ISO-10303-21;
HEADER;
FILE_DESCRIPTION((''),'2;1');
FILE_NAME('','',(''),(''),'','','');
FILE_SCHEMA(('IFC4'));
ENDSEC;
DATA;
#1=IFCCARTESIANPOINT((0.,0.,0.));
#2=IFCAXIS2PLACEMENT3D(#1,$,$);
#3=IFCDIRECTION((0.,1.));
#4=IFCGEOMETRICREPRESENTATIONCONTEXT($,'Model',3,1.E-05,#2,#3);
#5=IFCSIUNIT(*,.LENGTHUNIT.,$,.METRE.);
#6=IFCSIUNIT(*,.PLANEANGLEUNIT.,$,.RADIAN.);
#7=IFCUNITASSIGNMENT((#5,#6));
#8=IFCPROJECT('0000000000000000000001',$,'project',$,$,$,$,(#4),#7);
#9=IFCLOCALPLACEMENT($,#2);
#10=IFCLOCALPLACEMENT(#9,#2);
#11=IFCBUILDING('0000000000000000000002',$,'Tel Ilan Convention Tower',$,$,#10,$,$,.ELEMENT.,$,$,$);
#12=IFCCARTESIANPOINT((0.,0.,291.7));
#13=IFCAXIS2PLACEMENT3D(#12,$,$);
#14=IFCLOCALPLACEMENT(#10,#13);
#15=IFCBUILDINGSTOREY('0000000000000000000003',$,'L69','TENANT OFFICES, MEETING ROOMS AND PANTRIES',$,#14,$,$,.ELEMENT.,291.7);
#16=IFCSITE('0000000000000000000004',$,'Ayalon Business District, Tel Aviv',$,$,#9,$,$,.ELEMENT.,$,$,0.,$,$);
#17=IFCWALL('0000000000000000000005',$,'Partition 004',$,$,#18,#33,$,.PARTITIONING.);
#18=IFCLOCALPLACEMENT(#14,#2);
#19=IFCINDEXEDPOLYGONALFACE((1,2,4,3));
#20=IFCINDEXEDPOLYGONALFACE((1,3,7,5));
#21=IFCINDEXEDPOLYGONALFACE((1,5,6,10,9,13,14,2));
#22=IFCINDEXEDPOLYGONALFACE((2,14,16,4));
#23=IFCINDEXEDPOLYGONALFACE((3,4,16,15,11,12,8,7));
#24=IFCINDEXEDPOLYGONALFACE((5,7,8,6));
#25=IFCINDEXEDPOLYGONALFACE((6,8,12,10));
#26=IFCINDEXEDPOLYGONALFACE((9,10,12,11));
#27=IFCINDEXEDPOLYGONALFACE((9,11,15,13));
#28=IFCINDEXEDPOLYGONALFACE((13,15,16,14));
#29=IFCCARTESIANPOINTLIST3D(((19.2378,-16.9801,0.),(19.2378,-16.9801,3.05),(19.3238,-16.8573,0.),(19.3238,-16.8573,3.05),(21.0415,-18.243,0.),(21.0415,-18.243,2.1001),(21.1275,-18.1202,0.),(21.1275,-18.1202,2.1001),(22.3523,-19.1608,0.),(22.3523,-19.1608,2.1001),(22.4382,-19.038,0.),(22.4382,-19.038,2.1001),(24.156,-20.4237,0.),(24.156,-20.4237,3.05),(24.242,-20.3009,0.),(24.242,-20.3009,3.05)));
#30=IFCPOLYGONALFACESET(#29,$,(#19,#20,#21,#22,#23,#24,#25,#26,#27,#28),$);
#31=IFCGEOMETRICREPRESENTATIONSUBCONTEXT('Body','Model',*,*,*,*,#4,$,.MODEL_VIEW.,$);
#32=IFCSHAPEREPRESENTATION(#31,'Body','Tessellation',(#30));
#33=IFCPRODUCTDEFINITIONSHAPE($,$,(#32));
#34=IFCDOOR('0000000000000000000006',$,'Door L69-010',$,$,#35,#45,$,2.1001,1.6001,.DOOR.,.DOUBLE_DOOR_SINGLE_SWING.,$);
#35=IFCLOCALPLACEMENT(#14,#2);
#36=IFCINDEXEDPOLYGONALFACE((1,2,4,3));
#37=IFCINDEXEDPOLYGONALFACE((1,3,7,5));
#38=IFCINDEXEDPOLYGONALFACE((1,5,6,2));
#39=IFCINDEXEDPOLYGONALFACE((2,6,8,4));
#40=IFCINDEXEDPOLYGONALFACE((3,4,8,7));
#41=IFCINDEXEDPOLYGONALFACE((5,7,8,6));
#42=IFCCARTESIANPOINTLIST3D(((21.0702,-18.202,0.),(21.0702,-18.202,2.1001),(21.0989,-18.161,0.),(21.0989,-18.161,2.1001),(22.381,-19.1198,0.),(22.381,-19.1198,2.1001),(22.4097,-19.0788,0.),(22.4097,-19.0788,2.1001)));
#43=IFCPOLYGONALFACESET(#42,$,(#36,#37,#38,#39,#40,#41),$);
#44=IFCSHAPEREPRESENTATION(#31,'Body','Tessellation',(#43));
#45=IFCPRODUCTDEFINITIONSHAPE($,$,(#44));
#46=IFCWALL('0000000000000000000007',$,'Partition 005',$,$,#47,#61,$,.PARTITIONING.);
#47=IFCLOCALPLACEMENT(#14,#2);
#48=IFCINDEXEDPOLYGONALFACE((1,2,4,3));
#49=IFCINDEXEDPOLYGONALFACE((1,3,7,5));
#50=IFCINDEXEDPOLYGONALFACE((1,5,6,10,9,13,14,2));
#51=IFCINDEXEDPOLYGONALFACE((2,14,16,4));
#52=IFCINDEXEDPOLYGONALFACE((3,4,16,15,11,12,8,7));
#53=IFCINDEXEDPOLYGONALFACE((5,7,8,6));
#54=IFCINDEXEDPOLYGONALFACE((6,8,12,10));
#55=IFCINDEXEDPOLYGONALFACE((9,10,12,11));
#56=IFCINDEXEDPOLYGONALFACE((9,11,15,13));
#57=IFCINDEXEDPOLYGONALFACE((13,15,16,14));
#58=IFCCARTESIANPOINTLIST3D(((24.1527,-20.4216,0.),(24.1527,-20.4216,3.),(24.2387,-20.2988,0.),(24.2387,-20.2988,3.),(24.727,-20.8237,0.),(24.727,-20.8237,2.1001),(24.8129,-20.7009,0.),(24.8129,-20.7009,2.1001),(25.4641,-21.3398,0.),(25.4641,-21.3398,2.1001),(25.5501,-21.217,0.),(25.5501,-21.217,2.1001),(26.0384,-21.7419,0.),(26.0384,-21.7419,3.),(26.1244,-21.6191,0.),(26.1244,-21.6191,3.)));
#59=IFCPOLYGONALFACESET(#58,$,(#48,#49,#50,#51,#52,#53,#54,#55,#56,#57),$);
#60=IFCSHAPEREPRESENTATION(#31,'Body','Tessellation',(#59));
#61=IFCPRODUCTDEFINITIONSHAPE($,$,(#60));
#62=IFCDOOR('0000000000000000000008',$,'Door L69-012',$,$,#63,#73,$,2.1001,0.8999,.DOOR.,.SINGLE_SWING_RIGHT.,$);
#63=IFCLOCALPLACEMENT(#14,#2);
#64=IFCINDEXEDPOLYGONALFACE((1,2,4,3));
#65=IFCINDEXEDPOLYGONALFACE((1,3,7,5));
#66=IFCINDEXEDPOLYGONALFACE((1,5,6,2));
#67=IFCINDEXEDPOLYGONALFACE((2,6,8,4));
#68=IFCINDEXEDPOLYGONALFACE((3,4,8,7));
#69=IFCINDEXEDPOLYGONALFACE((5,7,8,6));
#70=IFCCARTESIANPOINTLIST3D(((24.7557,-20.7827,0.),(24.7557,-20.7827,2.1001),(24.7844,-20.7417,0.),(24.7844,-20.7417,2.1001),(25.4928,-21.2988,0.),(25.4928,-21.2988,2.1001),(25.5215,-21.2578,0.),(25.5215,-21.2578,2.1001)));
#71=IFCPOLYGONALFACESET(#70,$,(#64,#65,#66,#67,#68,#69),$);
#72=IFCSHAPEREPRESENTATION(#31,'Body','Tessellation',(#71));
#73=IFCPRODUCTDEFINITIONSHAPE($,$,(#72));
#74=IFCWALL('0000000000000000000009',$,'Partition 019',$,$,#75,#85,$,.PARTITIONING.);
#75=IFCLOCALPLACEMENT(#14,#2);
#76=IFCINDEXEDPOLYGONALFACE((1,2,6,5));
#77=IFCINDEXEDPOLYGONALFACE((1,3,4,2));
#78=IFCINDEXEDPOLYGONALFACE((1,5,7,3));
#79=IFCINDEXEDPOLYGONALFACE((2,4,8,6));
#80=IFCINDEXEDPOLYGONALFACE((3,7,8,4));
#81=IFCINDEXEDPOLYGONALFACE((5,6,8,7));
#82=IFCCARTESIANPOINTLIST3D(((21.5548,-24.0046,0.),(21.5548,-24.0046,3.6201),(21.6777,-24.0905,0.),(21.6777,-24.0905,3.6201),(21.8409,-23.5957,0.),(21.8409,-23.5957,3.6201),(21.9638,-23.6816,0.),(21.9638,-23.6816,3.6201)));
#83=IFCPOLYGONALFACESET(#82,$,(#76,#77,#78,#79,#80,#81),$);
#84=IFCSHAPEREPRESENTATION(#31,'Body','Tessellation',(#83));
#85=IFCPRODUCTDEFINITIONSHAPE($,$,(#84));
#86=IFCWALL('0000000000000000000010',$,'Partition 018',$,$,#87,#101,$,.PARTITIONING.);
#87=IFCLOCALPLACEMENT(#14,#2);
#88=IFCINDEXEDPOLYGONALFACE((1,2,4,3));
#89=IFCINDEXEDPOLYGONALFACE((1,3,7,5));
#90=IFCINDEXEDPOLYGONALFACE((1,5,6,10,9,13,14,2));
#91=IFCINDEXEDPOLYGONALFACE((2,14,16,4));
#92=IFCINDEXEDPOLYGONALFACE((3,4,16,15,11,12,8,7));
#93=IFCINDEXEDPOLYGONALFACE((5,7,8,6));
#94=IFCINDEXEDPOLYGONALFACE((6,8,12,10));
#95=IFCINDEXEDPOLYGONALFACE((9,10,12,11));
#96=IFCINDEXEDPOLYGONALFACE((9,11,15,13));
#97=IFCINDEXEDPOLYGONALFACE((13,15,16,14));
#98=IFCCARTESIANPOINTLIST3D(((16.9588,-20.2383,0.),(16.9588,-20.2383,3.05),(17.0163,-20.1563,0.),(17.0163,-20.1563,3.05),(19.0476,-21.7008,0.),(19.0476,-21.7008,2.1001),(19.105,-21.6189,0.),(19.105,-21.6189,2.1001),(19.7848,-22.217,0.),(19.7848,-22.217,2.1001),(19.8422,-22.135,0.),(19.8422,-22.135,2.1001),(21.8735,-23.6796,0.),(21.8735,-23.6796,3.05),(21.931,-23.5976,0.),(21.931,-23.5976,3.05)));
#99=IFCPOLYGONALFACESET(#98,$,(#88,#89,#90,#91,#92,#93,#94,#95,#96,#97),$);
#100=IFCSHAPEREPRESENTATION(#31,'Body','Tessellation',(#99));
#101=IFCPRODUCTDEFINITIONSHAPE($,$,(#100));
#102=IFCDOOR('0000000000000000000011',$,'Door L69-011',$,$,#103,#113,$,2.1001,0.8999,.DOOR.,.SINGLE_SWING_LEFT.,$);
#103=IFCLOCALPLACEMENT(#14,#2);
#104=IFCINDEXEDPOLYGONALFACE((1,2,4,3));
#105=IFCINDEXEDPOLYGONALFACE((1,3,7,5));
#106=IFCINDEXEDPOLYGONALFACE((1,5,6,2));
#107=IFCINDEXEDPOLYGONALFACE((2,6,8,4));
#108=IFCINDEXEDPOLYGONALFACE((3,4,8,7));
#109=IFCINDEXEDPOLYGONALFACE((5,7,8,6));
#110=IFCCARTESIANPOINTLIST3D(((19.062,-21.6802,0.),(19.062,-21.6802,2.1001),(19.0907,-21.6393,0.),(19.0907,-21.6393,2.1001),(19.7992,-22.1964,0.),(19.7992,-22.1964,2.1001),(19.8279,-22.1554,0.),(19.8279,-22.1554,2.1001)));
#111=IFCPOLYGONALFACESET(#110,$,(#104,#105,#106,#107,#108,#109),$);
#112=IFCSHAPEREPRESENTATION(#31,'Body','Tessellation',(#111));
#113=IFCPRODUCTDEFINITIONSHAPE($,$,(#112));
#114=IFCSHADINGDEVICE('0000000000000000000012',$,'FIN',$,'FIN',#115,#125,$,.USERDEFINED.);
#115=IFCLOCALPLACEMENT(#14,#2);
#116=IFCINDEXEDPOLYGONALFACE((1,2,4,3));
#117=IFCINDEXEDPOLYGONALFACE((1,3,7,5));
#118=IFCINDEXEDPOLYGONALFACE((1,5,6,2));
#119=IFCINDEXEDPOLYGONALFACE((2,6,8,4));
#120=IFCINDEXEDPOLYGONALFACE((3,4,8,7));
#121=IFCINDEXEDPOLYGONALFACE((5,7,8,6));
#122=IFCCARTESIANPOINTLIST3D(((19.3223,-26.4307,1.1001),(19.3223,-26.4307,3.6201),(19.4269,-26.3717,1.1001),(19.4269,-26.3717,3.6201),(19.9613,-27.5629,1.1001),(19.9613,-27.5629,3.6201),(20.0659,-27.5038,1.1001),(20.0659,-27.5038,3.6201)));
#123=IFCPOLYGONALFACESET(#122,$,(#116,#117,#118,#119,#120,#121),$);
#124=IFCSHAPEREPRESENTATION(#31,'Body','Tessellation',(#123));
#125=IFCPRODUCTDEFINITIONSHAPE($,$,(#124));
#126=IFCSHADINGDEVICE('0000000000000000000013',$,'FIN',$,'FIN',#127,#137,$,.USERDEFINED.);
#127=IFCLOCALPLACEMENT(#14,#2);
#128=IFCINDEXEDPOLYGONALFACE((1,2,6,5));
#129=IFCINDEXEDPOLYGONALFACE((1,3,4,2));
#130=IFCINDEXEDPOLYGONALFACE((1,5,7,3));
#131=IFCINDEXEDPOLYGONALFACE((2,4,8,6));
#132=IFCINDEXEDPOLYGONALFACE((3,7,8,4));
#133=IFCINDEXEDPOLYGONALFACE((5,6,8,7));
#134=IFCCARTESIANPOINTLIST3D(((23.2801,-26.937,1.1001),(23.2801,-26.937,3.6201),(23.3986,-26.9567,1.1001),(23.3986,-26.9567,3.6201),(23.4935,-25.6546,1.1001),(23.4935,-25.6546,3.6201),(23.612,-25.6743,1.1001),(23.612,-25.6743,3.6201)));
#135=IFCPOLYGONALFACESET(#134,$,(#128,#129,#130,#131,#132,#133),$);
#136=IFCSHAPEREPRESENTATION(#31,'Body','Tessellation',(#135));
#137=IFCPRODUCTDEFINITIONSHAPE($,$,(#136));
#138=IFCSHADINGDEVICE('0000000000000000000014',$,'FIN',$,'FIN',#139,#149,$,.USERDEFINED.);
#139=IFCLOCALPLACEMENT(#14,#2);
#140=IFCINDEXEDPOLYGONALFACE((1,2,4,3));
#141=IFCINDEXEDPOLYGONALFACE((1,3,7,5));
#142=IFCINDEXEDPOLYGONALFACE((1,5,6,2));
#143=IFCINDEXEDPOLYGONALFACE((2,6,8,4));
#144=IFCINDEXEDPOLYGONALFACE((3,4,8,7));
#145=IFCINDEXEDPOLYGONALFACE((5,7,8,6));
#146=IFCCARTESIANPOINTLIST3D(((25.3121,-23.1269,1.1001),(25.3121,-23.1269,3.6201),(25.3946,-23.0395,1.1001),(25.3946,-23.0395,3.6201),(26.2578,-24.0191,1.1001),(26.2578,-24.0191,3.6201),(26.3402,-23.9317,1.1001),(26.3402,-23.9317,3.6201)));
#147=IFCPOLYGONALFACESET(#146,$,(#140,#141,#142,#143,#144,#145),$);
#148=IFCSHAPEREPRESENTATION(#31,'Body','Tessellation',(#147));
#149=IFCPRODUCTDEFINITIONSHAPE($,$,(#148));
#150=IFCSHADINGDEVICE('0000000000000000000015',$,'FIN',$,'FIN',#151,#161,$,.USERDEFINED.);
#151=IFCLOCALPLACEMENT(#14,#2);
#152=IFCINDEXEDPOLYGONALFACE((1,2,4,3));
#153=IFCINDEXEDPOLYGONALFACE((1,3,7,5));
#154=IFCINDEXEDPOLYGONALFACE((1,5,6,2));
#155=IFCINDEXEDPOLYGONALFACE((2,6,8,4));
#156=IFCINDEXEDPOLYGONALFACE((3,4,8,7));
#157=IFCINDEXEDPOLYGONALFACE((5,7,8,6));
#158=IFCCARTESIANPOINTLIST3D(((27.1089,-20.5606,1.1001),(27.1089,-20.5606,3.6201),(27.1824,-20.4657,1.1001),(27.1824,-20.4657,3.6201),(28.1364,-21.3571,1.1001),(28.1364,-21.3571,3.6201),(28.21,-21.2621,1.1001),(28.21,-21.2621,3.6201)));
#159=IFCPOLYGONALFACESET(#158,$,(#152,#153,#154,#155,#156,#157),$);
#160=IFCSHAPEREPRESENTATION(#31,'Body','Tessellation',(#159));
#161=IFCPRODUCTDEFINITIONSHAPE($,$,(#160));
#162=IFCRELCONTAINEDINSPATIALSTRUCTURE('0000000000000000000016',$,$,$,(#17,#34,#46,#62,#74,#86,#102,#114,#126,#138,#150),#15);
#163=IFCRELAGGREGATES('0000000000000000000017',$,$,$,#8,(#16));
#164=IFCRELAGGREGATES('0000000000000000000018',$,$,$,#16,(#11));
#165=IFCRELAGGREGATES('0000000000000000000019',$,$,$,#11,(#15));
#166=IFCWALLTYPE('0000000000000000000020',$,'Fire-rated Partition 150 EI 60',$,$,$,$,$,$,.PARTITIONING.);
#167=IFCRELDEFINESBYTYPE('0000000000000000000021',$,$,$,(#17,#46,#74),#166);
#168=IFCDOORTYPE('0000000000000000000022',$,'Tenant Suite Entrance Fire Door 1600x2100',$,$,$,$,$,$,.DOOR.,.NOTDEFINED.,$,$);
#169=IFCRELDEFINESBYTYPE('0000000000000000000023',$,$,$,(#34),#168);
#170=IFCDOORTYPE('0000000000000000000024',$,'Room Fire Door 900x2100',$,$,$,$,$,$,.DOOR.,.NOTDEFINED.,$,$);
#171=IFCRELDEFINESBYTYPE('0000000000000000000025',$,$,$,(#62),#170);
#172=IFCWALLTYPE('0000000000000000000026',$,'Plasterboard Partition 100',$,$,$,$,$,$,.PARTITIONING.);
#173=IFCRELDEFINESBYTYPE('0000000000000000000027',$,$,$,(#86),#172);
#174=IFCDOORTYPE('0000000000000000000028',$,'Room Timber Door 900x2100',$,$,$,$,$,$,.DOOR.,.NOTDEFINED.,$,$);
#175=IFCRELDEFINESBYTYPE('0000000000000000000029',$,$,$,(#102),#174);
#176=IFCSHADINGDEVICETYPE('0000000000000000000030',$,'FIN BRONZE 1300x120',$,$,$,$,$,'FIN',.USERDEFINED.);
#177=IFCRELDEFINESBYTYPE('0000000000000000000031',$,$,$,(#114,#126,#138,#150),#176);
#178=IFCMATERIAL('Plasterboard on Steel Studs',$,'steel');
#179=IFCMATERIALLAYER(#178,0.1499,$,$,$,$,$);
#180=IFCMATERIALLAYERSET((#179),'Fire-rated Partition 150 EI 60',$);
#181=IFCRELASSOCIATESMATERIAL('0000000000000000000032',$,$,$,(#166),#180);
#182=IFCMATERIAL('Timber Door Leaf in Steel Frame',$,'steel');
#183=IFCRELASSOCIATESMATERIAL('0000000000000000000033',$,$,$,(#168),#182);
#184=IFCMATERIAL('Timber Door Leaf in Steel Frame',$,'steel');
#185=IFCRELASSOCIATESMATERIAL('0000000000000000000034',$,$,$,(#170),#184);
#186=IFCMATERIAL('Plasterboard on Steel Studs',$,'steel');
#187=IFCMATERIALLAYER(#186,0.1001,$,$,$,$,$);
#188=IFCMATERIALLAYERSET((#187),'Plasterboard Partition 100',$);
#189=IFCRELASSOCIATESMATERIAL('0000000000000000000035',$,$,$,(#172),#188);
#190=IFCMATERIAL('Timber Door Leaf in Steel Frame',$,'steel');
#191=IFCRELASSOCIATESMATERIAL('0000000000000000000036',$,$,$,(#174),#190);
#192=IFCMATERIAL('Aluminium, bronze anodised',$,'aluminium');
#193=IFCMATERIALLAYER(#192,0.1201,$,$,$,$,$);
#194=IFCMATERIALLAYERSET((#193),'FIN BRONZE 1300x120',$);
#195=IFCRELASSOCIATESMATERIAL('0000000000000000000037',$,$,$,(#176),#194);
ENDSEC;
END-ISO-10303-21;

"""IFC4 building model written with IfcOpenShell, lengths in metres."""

from ifc_helpers import new_model, si_unit, direction, frame, frame_2d, origin, origin_2d, place, context, subcontext, project, spatial, rectangle, extrude, material, layer, layer_set, type_object, element, fill, save


model = new_model("IFC4")

# Units and contexts
model_context = context("Model", 3, precision=1e-05, world=origin(), true_north=direction((0.0, 1.0)))
body_context = subcontext(model_context, "Body", "Model", "MODEL_VIEW")
ifc_project = project(units=[si_unit("LENGTHUNIT", "METRE"), si_unit("PLANEANGLEUNIT", "RADIAN")], contexts=[model_context])

# Site, building, storey
site_placement = place(None, origin())
site = spatial("IfcSite", under=ifc_project, at=site_placement, Name="Ayalon Business District, Tel Aviv", CompositionType="ELEMENT", RefElevation=0.0)
building_placement = place(site_placement, origin())
building = spatial("IfcBuilding", under=site, at=building_placement, Name="Tel Ilan Convention Tower", CompositionType="ELEMENT")
storey_placement = place(building_placement, frame((0.0, 0.0, 291.7)))
storey = spatial("IfcBuildingStorey", under=building, at=storey_placement, Name="L69", Description="TENANT OFFICES, MEETING ROOMS AND PANTRIES", CompositionType="ELEMENT", Elevation=291.7)

# Walls, openings, doors
ifc_material_1 = material(Name="Plasterboard on Steel Studs", Category="steel")
ifc_layer_1 = layer(ifc_material_1, 0.1499)
ifc_layer_set_1 = layer_set([ifc_layer_1], Name="Fire-rated Partition 150 EI 60")
wall_type_1 = type_object("IfcWallType", Name="Fire-rated Partition 150 EI 60", PredefinedType="PARTITIONING", material=ifc_layer_set_1)
wall_1_placement = place(storey_placement, frame((24.199, -20.3623, 0.0), z_axis=(0.0, 0.0, 1.0), x_axis=(-0.819165, 0.573558, 0.0)))
wall_1 = element("IfcWall", 1, at=wall_1_placement, inside=storey, type_object=wall_type_1, Name="Partition 004", PredefinedType="PARTITIONING", context=body_context, shape_type="SweptSolid", body=[
    extrude(rectangle(XDim=6.0039, YDim=0.1499, at=frame_2d((3.002, 0.0))), origin(), (0.0, 0.0, 1.0), 3.05),
])
opening_1_placement = place(wall_1_placement, frame((2.2019, 0.0, 0.0)))
opening_1 = element("IfcOpeningElement", 2, at=opening_1_placement, cuts=wall_1, PredefinedType="OPENING", context=body_context, shape_type="SweptSolid", body=[
    extrude(rectangle(XDim=1.6001, YDim=2.1001, at=frame_2d((0.8, 1.05))), frame((0.0, 0.085, 0.0), z_axis=(0.0, -1.0, 0.0), x_axis=(1.0, 0.0, 0.0)), (0.0, 0.0, 1.0), 0.1699),
])
ifc_material_2 = material(Name="Timber Door Leaf in Steel Frame", Category="steel")
door_type_1 = type_object("IfcDoorType", Name="Tenant Suite Entrance Fire Door 1600x2100", OperationType="NOTDEFINED", PredefinedType="DOOR", material=ifc_material_2)
door_1_placement = place(opening_1_placement, origin())
door_1 = element("IfcDoor", 3, at=door_1_placement, inside=storey, type_object=door_type_1, Name="Door L69-010", OperationType="DOUBLE_DOOR_SINGLE_SWING", OverallHeight=2.1001, OverallWidth=1.6001, PredefinedType="DOOR", context=body_context, shape_type="SweptSolid", body=[
    extrude(rectangle(XDim=1.6001, YDim=2.1001, at=frame_2d((0.8, 1.05))), frame((0.0, 0.0249, 0.0), z_axis=(0.0, -1.0, 0.0), x_axis=(1.0, 0.0, 0.0)), (0.0, 0.0, 1.0), 0.05),
])
fill(opening_1, door_1)
wall_2_placement = place(storey_placement, frame((26.0813, -21.6804, 0.0), z_axis=(0.0, 0.0, 1.0), x_axis=(-0.819172, 0.573548, 0.0)))
wall_2 = element("IfcWall", 4, at=wall_2_placement, inside=storey, type_object=wall_type_1, Name="Partition 005", PredefinedType="PARTITIONING", context=body_context, shape_type="SweptSolid", body=[
    extrude(rectangle(XDim=2.302, YDim=0.1499, at=frame_2d((1.1509, 0.0))), origin(), (0.0, 0.0, 1.0), 3.0),
])
opening_2_placement = place(wall_2_placement, frame((0.7009, 0.0, 0.0)))
opening_2 = element("IfcOpeningElement", 5, at=opening_2_placement, cuts=wall_2, PredefinedType="OPENING", context=body_context, shape_type="SweptSolid", body=[
    extrude(rectangle(XDim=0.8999, YDim=2.1001, at=frame_2d((0.45, 1.05))), frame((0.0, 0.085, 0.0), z_axis=(0.0, -1.0, 0.0), x_axis=(1.0, 0.0, 0.0)), (0.0, 0.0, 1.0), 0.1699),
])
ifc_material_3 = material(Name="Timber Door Leaf in Steel Frame", Category="steel")
door_type_2 = type_object("IfcDoorType", Name="Room Fire Door 900x2100", OperationType="NOTDEFINED", PredefinedType="DOOR", material=ifc_material_3)
door_2_placement = place(opening_2_placement, origin())
door_2 = element("IfcDoor", 6, at=door_2_placement, inside=storey, type_object=door_type_2, Name="Door L69-012", OperationType="SINGLE_SWING_RIGHT", OverallHeight=2.1001, OverallWidth=0.8999, PredefinedType="DOOR", context=body_context, shape_type="SweptSolid", body=[
    extrude(rectangle(XDim=0.8999, YDim=2.1001, at=frame_2d((0.45, 1.05))), frame((0.0, 0.0249, 0.0), z_axis=(0.0, -1.0, 0.0), x_axis=(1.0, 0.0, 0.0)), (0.0, 0.0, 1.0), 0.05),
])
fill(opening_2, door_2)

# Wall
wall_3_placement = place(storey_placement, frame((21.9023, -23.6387, 0.0), z_axis=(0.0, 0.0, 1.0), x_axis=(-0.573298, -0.819347, 0.0)))
element("IfcWall", 7, at=wall_3_placement, inside=storey, type_object=wall_type_1, Name="Partition 019", PredefinedType="PARTITIONING", context=body_context, shape_type="SweptSolid", body=[
    extrude(rectangle(XDim=0.499, YDim=0.1499, at=frame_2d((0.2495, 0.0))), origin(), (0.0, 0.0, 1.0), 3.6201),
])

# Wall, opening, door
ifc_material_4 = material(Name="Plasterboard on Steel Studs", Category="steel")
ifc_layer_2 = layer(ifc_material_4, 0.1001)
ifc_layer_set_2 = layer_set([ifc_layer_2], Name="Plasterboard Partition 100")
wall_type_2 = type_object("IfcWallType", Name="Plasterboard Partition 100", PredefinedType="PARTITIONING", material=ifc_layer_set_2)
wall_4_placement = place(storey_placement, frame((21.9023, -23.6387, 0.0), z_axis=(0.0, 0.0, 1.0), x_axis=(-0.81915, 0.57358, 0.0)))
wall_4 = element("IfcWall", 8, at=wall_4_placement, inside=storey, type_object=wall_type_2, Name="Partition 018", PredefinedType="PARTITIONING", context=body_context, shape_type="SweptSolid", body=[
    extrude(rectangle(XDim=5.9998, YDim=0.1001, at=frame_2d((3.0, 0.0))), origin(), (0.0, 0.0, 1.0), 3.05),
])
opening_3_placement = place(wall_4_placement, frame((2.55, 0.0, 0.0)))
opening_3 = element("IfcOpeningElement", 9, at=opening_3_placement, cuts=wall_4, PredefinedType="OPENING", context=body_context, shape_type="SweptSolid", body=[
    extrude(rectangle(XDim=0.8999, YDim=2.1001, at=frame_2d((0.45, 1.05))), frame((0.0, 0.0601, 0.0), z_axis=(0.0, -1.0, 0.0), x_axis=(1.0, 0.0, 0.0)), (0.0, 0.0, 1.0), 0.1201),
])
ifc_material_5 = material(Name="Timber Door Leaf in Steel Frame", Category="steel")
door_type_3 = type_object("IfcDoorType", Name="Room Timber Door 900x2100", OperationType="NOTDEFINED", PredefinedType="DOOR", material=ifc_material_5)
door_3_placement = place(opening_3_placement, origin())
door_3 = element("IfcDoor", 10, at=door_3_placement, inside=storey, type_object=door_type_3, Name="Door L69-011", OperationType="SINGLE_SWING_LEFT", OverallHeight=2.1001, OverallWidth=0.8999, PredefinedType="DOOR", context=body_context, shape_type="SweptSolid", body=[
    extrude(rectangle(XDim=0.8999, YDim=2.1001, at=frame_2d((0.45, 1.05))), frame((0.0, 0.0249, 0.0), z_axis=(0.0, -1.0, 0.0), x_axis=(1.0, 0.0, 0.0)), (0.0, 0.0, 1.0), 0.05),
])
fill(opening_3, door_3)

# Shading devices
ifc_material_6 = material(Name="Aluminium, bronze anodised", Category="aluminium")
ifc_layer_3 = layer(ifc_material_6, 0.1201)
ifc_layer_set_3 = layer_set([ifc_layer_3], Name="FIN BRONZE 1300x120")
shading_device_type = type_object("IfcShadingDeviceType", Name="FIN BRONZE 1300x120", ElementType="FIN", PredefinedType="USERDEFINED", material=ifc_layer_set_3)
for number, where, z_axis, x_axis, name in (
    (11, (19.6941, -26.9673, 1.1001), (0.0, 0.0, 1.0), (0.491579, -0.870833, 0.0), "FIN"),
    (12, (23.446, -26.3057, 1.1001), (0.0, 0.0, 1.0), (-0.164091, -0.986445, 0.0), "FIN"),
    (13, (25.8262, -23.5293, 1.1001), (0.0, 0.0, 1.0), (0.727374, -0.686242, 0.0), "FIN"),
    (14, (27.6594, -20.9114, 1.1001), (0.0, 0.0, 1.0), (0.790393, -0.612601, 0.0), "FIN"),
):
    element("IfcShadingDevice", number, at=place(storey_placement, frame(where, z_axis=z_axis, x_axis=x_axis)), inside=storey, type_object=shading_device_type, Name=name, ObjectType="FIN", PredefinedType="USERDEFINED", context=body_context, shape_type="SweptSolid", body=[
        extrude(rectangle(XDim=1.3, YDim=0.1201, at=origin_2d()), origin(), (0.0, 0.0, 1.0), 2.52),
    ])

save(model, "model.ifc")
